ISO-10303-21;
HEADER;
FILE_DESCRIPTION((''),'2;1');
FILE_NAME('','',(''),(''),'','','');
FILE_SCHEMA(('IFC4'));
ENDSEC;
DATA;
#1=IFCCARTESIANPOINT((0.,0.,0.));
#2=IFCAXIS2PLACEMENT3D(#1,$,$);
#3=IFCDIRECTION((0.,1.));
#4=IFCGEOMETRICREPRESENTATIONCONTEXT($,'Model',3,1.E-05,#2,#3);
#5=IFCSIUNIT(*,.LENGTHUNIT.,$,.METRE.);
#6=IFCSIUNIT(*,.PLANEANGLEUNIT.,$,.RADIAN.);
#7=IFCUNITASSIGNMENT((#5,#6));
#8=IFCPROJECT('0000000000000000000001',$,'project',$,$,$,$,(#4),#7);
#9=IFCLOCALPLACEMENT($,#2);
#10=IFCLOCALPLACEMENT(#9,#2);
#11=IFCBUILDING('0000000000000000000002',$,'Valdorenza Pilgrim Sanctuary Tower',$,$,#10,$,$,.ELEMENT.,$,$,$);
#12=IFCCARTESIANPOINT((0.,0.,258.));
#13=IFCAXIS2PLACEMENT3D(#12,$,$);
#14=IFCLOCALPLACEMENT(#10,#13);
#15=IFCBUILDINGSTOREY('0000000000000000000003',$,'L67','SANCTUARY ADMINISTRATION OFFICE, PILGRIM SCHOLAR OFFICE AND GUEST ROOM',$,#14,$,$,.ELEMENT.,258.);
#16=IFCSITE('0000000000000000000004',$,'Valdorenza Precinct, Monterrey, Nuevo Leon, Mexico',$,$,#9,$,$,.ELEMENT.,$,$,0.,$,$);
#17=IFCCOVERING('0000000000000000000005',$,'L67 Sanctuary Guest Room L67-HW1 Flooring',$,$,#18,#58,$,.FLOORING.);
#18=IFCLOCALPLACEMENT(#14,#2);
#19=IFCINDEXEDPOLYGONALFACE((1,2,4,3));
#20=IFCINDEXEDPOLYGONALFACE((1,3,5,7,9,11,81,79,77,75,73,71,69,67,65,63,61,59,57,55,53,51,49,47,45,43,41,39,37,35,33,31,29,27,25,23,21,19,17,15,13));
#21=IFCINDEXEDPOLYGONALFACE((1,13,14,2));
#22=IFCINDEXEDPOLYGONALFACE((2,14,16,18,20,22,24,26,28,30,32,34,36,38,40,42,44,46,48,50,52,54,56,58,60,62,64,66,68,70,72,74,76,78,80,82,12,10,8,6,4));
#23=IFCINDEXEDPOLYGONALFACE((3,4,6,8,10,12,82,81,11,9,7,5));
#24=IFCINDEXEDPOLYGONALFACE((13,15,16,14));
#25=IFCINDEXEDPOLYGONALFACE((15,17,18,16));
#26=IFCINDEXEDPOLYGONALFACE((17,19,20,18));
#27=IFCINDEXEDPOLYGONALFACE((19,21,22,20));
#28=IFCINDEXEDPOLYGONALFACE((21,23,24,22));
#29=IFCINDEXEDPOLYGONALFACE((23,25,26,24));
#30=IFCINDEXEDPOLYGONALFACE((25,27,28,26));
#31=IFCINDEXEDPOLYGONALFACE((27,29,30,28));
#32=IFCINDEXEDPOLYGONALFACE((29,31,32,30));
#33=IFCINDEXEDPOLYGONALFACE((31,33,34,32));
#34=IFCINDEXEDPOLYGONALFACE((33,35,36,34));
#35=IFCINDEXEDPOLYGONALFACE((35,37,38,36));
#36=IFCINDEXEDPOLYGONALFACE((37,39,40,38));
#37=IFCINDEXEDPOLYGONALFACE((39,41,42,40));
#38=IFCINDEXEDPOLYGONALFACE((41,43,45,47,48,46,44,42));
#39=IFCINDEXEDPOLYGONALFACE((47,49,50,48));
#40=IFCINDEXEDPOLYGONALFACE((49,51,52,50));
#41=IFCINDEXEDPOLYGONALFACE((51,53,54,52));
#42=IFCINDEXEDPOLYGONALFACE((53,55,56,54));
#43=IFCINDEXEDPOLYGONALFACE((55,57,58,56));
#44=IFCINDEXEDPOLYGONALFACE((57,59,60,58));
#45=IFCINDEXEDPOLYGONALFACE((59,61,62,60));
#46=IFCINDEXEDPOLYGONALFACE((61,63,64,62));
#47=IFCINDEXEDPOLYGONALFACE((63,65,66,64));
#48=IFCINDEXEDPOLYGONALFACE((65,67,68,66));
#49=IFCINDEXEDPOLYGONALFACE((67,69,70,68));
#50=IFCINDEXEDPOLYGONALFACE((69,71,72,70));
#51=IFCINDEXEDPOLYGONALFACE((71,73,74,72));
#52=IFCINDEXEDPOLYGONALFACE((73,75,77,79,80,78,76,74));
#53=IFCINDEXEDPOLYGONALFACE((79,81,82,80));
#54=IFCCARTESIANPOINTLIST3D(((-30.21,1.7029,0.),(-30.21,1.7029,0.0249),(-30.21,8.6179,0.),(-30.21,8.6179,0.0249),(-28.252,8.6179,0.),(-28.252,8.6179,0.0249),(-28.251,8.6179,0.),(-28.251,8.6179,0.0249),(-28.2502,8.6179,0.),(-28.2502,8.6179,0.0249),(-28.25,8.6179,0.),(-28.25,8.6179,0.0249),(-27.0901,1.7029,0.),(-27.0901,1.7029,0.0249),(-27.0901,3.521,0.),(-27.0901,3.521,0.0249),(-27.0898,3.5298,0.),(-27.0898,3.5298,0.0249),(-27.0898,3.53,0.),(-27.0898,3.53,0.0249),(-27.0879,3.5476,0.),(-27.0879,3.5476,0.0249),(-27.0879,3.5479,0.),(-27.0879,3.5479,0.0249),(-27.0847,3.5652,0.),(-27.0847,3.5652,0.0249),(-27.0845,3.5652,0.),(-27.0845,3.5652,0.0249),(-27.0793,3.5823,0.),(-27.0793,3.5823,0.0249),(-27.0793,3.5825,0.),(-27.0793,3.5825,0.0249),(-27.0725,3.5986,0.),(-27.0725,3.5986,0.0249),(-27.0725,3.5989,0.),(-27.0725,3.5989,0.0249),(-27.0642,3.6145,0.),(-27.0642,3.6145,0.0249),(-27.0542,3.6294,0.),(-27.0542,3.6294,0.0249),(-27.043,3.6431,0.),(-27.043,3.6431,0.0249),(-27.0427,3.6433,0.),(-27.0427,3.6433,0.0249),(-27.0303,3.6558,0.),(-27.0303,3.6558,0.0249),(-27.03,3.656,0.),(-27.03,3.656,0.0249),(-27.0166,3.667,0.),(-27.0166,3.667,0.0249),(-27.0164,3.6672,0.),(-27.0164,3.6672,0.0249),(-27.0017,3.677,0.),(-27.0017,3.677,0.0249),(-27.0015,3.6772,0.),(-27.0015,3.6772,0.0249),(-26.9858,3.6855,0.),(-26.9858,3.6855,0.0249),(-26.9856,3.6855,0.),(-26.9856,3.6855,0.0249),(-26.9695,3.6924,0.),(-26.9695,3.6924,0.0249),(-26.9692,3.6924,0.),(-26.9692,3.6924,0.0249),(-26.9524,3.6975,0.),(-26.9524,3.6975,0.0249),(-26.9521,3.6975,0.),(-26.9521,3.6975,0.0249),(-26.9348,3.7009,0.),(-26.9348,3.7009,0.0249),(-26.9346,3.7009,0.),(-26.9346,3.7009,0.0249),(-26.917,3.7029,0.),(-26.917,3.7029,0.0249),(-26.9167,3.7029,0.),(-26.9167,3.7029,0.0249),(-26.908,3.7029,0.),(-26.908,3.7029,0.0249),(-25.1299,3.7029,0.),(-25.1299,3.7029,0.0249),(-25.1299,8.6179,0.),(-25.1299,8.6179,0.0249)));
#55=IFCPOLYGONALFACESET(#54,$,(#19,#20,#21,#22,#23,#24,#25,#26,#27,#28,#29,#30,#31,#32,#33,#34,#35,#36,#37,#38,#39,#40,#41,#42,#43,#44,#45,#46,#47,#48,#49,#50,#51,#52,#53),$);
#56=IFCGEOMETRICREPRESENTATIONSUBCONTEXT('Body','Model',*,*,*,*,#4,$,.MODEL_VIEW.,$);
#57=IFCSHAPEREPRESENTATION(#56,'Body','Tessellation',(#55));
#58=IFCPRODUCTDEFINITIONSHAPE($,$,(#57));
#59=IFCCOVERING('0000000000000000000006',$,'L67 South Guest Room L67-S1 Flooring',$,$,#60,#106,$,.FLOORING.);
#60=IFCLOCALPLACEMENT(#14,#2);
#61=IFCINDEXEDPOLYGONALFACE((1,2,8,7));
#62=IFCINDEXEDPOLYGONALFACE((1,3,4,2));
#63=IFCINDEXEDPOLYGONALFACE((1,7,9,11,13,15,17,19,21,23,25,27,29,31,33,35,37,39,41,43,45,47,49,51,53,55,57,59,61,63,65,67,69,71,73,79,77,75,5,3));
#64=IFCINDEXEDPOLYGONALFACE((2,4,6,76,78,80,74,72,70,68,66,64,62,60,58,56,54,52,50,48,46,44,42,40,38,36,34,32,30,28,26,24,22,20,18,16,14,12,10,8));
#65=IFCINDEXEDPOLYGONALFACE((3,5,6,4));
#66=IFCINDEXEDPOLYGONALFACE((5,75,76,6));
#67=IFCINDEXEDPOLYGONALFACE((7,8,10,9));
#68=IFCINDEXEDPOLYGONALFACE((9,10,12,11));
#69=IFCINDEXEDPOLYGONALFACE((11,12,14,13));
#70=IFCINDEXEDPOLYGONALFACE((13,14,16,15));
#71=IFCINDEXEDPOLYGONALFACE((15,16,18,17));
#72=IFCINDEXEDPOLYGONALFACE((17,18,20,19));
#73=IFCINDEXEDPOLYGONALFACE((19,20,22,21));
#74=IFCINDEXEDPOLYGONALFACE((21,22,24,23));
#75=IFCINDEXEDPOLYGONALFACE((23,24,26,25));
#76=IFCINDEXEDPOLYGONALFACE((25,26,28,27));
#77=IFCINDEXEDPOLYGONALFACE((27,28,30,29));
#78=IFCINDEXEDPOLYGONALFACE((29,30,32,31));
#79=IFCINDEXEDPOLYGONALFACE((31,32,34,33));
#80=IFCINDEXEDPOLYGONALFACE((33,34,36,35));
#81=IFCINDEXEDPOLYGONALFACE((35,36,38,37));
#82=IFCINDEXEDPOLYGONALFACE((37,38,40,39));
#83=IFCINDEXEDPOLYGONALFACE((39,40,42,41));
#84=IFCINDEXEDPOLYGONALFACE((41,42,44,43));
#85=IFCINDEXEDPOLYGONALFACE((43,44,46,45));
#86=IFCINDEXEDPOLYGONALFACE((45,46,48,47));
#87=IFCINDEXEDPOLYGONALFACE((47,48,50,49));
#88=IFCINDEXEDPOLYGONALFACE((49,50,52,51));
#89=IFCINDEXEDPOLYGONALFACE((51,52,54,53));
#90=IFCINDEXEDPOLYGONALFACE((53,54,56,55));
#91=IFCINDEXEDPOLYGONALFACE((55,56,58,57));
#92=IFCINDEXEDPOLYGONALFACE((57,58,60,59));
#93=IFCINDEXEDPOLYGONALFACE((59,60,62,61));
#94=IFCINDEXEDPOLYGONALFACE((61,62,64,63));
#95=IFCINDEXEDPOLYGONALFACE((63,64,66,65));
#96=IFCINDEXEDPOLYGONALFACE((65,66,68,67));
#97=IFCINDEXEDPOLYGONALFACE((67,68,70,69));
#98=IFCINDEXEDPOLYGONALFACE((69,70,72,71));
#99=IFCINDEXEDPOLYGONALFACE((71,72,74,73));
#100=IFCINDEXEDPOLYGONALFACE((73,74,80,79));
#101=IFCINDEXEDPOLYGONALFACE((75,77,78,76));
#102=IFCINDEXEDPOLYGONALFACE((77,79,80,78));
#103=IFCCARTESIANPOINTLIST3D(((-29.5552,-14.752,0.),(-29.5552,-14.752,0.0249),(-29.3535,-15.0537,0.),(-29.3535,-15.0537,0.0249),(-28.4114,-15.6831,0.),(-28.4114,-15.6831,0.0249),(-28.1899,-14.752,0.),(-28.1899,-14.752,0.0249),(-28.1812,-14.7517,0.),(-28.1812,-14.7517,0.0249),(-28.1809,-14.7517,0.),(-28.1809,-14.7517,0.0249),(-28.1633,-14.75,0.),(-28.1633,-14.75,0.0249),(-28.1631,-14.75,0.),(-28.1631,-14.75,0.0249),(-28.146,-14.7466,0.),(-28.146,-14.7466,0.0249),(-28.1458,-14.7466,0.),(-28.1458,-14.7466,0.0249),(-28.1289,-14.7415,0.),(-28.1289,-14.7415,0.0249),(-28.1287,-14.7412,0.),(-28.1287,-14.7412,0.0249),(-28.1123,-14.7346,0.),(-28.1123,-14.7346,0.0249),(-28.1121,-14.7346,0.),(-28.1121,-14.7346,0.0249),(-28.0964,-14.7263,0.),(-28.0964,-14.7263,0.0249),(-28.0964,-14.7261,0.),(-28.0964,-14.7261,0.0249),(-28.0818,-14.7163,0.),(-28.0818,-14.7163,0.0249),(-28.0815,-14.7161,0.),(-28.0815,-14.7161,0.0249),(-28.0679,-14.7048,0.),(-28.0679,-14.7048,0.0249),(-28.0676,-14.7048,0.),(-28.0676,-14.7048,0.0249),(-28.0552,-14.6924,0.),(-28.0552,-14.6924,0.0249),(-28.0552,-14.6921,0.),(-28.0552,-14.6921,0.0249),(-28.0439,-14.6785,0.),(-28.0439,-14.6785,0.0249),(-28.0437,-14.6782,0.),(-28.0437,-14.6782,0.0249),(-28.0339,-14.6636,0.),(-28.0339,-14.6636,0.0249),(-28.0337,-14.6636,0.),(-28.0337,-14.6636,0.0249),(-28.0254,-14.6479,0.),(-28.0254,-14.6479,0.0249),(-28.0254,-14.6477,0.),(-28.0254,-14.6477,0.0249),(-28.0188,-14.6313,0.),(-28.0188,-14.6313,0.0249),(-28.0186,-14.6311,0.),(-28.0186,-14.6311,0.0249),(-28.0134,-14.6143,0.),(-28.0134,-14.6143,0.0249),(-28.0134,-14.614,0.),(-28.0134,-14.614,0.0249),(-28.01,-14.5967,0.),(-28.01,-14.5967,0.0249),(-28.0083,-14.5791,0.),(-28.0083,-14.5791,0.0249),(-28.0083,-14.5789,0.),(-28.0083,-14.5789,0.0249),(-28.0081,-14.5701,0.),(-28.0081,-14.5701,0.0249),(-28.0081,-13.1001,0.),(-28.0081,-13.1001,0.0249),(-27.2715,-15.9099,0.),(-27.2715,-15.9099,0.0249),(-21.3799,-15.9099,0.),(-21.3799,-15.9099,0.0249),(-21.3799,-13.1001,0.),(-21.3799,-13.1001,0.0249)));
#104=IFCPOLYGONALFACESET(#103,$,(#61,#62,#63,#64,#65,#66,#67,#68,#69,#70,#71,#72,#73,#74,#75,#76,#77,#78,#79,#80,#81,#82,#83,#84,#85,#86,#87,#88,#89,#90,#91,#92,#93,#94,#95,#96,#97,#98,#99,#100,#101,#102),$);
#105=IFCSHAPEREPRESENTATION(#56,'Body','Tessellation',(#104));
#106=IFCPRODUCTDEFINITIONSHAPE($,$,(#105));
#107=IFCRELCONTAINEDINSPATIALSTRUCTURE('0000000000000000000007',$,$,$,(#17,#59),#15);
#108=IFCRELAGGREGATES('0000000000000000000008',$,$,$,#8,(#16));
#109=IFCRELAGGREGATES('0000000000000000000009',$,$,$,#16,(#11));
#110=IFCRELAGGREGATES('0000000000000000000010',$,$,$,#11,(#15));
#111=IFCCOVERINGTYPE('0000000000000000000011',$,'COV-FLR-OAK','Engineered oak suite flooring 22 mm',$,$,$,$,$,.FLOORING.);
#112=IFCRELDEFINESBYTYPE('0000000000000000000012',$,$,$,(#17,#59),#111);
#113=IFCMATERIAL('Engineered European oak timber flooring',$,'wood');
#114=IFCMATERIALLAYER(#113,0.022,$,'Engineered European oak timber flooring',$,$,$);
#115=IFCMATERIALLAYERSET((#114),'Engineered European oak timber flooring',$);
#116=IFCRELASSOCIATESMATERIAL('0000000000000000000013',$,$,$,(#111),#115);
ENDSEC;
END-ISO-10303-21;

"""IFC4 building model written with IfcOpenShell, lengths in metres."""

from ifc_helpers import new_model, si_unit, direction, frame, origin, place, context, subcontext, project, spatial, polyline, outline, extrude, material, layer, layer_set, type_object, element, save


model = new_model("IFC4")

# Units and contexts
model_context = context("Model", 3, precision=1e-05, world=origin(), true_north=direction((0.0, 1.0)))
body_context = subcontext(model_context, "Body", "Model", "MODEL_VIEW")
ifc_project = project(units=[si_unit("LENGTHUNIT", "METRE"), si_unit("PLANEANGLEUNIT", "RADIAN")], contexts=[model_context])

# Site, building, storey
site_placement = place(None, origin())
site = spatial("IfcSite", under=ifc_project, at=site_placement, Name="Valdorenza Precinct, Monterrey, Nuevo Leon, Mexico", CompositionType="ELEMENT", RefElevation=0.0)
building_placement = place(site_placement, origin())
building = spatial("IfcBuilding", under=site, at=building_placement, Name="Valdorenza Pilgrim Sanctuary Tower", CompositionType="ELEMENT")
storey_placement = place(building_placement, frame((0.0, 0.0, 258.0)))
storey = spatial("IfcBuildingStorey", under=building, at=storey_placement, Name="L67", Description="SANCTUARY ADMINISTRATION OFFICE, PILGRIM SCHOLAR OFFICE AND GUEST ROOM", CompositionType="ELEMENT", Elevation=258.0)

# Coverings
ifc_material_1 = material(Name="Engineered European oak timber flooring", Category="wood")
ifc_layer_1 = layer(ifc_material_1, 0.022, Name="Engineered European oak timber flooring")
ifc_layer_set_1 = layer_set([ifc_layer_1], Name="Engineered European oak timber flooring")
covering_type_1 = type_object("IfcCoveringType", Name="COV-FLR-OAK", Description="Engineered oak suite flooring 22 mm", PredefinedType="FLOORING", material=ifc_layer_set_1)
covering_1_placement = place(storey_placement, origin())
element("IfcCovering", 1, at=covering_1_placement, inside=storey, type_object=covering_type_1, Name="L67 Sanctuary Guest Room L67-HW1 Flooring", PredefinedType="FLOORING", context=body_context, shape_type="SweptSolid", body=[
    extrude(outline(polyline([(-28.2502, 8.6179), (-28.25, 8.6179), (-25.1299, 8.6179), (-25.1299, 3.7029), (-26.908, 3.7029), (-26.9167, 3.7029), (-26.917, 3.7029), (-26.9346, 3.7009), (-26.9348, 3.7009), (-26.9521, 3.6975), (-26.9524, 3.6975), (-26.9692, 3.6924), (-26.9695, 3.6924), (-26.9856, 3.6855), (-26.9858, 3.6855), (-27.0015, 3.6772), (-27.0017, 3.677), (-27.0164, 3.6672), (-27.0166, 3.667), (-27.03, 3.656), (-27.0303, 3.6558), (-27.0427, 3.6433), (-27.043, 3.6431), (-27.0542, 3.6294), (-27.0542, 3.6294), (-27.0642, 3.6145), (-27.0642, 3.6145), (-27.0725, 3.5989), (-27.0725, 3.5986), (-27.0793, 3.5825), (-27.0793, 3.5823), (-27.0845, 3.5652), (-27.0847, 3.5652), (-27.0879, 3.5479), (-27.0879, 3.5476), (-27.0898, 3.53), (-27.0898, 3.5298), (-27.0901, 3.521), (-27.0901, 1.7029), (-30.21, 1.7029), (-30.21, 8.6179), (-28.252, 8.6179), (-28.251, 8.6179), (-28.2502, 8.6179)])), origin(), (0.0, 0.0, 1.0), 0.0249),
])
covering_2_placement = place(storey_placement, origin())
element("IfcCovering", 2, at=covering_2_placement, inside=storey, type_object=covering_type_1, Name="L67 South Guest Room L67-S1 Flooring", PredefinedType="FLOORING", context=body_context, shape_type="SweptSolid", body=[
    extrude(outline(polyline([(-27.2715, -15.9099), (-28.4114, -15.6831), (-29.3535, -15.0537), (-29.5552, -14.752), (-28.1899, -14.752), (-28.1812, -14.7517), (-28.1809, -14.7517), (-28.1633, -14.75), (-28.1631, -14.75), (-28.146, -14.7466), (-28.1458, -14.7466), (-28.1289, -14.7415), (-28.1287, -14.7412), (-28.1123, -14.7346), (-28.1121, -14.7346), (-28.0964, -14.7263), (-28.0964, -14.7261), (-28.0818, -14.7163), (-28.0815, -14.7161), (-28.0679, -14.7048), (-28.0676, -14.7048), (-28.0552, -14.6924), (-28.0552, -14.6921), (-28.0439, -14.6785), (-28.0437, -14.6782), (-28.0339, -14.6636), (-28.0337, -14.6636), (-28.0254, -14.6479), (-28.0254, -14.6477), (-28.0188, -14.6313), (-28.0186, -14.6311), (-28.0134, -14.6143), (-28.0134, -14.614), (-28.01, -14.5967), (-28.01, -14.5967), (-28.0083, -14.5791), (-28.0083, -14.5789), (-28.0081, -14.5701), (-28.0081, -13.1001), (-21.3799, -13.1001), (-21.3799, -15.9099), (-27.2715, -15.9099)])), origin(), (0.0, 0.0, 1.0), 0.0249),
])

save(model, "model.ifc")
